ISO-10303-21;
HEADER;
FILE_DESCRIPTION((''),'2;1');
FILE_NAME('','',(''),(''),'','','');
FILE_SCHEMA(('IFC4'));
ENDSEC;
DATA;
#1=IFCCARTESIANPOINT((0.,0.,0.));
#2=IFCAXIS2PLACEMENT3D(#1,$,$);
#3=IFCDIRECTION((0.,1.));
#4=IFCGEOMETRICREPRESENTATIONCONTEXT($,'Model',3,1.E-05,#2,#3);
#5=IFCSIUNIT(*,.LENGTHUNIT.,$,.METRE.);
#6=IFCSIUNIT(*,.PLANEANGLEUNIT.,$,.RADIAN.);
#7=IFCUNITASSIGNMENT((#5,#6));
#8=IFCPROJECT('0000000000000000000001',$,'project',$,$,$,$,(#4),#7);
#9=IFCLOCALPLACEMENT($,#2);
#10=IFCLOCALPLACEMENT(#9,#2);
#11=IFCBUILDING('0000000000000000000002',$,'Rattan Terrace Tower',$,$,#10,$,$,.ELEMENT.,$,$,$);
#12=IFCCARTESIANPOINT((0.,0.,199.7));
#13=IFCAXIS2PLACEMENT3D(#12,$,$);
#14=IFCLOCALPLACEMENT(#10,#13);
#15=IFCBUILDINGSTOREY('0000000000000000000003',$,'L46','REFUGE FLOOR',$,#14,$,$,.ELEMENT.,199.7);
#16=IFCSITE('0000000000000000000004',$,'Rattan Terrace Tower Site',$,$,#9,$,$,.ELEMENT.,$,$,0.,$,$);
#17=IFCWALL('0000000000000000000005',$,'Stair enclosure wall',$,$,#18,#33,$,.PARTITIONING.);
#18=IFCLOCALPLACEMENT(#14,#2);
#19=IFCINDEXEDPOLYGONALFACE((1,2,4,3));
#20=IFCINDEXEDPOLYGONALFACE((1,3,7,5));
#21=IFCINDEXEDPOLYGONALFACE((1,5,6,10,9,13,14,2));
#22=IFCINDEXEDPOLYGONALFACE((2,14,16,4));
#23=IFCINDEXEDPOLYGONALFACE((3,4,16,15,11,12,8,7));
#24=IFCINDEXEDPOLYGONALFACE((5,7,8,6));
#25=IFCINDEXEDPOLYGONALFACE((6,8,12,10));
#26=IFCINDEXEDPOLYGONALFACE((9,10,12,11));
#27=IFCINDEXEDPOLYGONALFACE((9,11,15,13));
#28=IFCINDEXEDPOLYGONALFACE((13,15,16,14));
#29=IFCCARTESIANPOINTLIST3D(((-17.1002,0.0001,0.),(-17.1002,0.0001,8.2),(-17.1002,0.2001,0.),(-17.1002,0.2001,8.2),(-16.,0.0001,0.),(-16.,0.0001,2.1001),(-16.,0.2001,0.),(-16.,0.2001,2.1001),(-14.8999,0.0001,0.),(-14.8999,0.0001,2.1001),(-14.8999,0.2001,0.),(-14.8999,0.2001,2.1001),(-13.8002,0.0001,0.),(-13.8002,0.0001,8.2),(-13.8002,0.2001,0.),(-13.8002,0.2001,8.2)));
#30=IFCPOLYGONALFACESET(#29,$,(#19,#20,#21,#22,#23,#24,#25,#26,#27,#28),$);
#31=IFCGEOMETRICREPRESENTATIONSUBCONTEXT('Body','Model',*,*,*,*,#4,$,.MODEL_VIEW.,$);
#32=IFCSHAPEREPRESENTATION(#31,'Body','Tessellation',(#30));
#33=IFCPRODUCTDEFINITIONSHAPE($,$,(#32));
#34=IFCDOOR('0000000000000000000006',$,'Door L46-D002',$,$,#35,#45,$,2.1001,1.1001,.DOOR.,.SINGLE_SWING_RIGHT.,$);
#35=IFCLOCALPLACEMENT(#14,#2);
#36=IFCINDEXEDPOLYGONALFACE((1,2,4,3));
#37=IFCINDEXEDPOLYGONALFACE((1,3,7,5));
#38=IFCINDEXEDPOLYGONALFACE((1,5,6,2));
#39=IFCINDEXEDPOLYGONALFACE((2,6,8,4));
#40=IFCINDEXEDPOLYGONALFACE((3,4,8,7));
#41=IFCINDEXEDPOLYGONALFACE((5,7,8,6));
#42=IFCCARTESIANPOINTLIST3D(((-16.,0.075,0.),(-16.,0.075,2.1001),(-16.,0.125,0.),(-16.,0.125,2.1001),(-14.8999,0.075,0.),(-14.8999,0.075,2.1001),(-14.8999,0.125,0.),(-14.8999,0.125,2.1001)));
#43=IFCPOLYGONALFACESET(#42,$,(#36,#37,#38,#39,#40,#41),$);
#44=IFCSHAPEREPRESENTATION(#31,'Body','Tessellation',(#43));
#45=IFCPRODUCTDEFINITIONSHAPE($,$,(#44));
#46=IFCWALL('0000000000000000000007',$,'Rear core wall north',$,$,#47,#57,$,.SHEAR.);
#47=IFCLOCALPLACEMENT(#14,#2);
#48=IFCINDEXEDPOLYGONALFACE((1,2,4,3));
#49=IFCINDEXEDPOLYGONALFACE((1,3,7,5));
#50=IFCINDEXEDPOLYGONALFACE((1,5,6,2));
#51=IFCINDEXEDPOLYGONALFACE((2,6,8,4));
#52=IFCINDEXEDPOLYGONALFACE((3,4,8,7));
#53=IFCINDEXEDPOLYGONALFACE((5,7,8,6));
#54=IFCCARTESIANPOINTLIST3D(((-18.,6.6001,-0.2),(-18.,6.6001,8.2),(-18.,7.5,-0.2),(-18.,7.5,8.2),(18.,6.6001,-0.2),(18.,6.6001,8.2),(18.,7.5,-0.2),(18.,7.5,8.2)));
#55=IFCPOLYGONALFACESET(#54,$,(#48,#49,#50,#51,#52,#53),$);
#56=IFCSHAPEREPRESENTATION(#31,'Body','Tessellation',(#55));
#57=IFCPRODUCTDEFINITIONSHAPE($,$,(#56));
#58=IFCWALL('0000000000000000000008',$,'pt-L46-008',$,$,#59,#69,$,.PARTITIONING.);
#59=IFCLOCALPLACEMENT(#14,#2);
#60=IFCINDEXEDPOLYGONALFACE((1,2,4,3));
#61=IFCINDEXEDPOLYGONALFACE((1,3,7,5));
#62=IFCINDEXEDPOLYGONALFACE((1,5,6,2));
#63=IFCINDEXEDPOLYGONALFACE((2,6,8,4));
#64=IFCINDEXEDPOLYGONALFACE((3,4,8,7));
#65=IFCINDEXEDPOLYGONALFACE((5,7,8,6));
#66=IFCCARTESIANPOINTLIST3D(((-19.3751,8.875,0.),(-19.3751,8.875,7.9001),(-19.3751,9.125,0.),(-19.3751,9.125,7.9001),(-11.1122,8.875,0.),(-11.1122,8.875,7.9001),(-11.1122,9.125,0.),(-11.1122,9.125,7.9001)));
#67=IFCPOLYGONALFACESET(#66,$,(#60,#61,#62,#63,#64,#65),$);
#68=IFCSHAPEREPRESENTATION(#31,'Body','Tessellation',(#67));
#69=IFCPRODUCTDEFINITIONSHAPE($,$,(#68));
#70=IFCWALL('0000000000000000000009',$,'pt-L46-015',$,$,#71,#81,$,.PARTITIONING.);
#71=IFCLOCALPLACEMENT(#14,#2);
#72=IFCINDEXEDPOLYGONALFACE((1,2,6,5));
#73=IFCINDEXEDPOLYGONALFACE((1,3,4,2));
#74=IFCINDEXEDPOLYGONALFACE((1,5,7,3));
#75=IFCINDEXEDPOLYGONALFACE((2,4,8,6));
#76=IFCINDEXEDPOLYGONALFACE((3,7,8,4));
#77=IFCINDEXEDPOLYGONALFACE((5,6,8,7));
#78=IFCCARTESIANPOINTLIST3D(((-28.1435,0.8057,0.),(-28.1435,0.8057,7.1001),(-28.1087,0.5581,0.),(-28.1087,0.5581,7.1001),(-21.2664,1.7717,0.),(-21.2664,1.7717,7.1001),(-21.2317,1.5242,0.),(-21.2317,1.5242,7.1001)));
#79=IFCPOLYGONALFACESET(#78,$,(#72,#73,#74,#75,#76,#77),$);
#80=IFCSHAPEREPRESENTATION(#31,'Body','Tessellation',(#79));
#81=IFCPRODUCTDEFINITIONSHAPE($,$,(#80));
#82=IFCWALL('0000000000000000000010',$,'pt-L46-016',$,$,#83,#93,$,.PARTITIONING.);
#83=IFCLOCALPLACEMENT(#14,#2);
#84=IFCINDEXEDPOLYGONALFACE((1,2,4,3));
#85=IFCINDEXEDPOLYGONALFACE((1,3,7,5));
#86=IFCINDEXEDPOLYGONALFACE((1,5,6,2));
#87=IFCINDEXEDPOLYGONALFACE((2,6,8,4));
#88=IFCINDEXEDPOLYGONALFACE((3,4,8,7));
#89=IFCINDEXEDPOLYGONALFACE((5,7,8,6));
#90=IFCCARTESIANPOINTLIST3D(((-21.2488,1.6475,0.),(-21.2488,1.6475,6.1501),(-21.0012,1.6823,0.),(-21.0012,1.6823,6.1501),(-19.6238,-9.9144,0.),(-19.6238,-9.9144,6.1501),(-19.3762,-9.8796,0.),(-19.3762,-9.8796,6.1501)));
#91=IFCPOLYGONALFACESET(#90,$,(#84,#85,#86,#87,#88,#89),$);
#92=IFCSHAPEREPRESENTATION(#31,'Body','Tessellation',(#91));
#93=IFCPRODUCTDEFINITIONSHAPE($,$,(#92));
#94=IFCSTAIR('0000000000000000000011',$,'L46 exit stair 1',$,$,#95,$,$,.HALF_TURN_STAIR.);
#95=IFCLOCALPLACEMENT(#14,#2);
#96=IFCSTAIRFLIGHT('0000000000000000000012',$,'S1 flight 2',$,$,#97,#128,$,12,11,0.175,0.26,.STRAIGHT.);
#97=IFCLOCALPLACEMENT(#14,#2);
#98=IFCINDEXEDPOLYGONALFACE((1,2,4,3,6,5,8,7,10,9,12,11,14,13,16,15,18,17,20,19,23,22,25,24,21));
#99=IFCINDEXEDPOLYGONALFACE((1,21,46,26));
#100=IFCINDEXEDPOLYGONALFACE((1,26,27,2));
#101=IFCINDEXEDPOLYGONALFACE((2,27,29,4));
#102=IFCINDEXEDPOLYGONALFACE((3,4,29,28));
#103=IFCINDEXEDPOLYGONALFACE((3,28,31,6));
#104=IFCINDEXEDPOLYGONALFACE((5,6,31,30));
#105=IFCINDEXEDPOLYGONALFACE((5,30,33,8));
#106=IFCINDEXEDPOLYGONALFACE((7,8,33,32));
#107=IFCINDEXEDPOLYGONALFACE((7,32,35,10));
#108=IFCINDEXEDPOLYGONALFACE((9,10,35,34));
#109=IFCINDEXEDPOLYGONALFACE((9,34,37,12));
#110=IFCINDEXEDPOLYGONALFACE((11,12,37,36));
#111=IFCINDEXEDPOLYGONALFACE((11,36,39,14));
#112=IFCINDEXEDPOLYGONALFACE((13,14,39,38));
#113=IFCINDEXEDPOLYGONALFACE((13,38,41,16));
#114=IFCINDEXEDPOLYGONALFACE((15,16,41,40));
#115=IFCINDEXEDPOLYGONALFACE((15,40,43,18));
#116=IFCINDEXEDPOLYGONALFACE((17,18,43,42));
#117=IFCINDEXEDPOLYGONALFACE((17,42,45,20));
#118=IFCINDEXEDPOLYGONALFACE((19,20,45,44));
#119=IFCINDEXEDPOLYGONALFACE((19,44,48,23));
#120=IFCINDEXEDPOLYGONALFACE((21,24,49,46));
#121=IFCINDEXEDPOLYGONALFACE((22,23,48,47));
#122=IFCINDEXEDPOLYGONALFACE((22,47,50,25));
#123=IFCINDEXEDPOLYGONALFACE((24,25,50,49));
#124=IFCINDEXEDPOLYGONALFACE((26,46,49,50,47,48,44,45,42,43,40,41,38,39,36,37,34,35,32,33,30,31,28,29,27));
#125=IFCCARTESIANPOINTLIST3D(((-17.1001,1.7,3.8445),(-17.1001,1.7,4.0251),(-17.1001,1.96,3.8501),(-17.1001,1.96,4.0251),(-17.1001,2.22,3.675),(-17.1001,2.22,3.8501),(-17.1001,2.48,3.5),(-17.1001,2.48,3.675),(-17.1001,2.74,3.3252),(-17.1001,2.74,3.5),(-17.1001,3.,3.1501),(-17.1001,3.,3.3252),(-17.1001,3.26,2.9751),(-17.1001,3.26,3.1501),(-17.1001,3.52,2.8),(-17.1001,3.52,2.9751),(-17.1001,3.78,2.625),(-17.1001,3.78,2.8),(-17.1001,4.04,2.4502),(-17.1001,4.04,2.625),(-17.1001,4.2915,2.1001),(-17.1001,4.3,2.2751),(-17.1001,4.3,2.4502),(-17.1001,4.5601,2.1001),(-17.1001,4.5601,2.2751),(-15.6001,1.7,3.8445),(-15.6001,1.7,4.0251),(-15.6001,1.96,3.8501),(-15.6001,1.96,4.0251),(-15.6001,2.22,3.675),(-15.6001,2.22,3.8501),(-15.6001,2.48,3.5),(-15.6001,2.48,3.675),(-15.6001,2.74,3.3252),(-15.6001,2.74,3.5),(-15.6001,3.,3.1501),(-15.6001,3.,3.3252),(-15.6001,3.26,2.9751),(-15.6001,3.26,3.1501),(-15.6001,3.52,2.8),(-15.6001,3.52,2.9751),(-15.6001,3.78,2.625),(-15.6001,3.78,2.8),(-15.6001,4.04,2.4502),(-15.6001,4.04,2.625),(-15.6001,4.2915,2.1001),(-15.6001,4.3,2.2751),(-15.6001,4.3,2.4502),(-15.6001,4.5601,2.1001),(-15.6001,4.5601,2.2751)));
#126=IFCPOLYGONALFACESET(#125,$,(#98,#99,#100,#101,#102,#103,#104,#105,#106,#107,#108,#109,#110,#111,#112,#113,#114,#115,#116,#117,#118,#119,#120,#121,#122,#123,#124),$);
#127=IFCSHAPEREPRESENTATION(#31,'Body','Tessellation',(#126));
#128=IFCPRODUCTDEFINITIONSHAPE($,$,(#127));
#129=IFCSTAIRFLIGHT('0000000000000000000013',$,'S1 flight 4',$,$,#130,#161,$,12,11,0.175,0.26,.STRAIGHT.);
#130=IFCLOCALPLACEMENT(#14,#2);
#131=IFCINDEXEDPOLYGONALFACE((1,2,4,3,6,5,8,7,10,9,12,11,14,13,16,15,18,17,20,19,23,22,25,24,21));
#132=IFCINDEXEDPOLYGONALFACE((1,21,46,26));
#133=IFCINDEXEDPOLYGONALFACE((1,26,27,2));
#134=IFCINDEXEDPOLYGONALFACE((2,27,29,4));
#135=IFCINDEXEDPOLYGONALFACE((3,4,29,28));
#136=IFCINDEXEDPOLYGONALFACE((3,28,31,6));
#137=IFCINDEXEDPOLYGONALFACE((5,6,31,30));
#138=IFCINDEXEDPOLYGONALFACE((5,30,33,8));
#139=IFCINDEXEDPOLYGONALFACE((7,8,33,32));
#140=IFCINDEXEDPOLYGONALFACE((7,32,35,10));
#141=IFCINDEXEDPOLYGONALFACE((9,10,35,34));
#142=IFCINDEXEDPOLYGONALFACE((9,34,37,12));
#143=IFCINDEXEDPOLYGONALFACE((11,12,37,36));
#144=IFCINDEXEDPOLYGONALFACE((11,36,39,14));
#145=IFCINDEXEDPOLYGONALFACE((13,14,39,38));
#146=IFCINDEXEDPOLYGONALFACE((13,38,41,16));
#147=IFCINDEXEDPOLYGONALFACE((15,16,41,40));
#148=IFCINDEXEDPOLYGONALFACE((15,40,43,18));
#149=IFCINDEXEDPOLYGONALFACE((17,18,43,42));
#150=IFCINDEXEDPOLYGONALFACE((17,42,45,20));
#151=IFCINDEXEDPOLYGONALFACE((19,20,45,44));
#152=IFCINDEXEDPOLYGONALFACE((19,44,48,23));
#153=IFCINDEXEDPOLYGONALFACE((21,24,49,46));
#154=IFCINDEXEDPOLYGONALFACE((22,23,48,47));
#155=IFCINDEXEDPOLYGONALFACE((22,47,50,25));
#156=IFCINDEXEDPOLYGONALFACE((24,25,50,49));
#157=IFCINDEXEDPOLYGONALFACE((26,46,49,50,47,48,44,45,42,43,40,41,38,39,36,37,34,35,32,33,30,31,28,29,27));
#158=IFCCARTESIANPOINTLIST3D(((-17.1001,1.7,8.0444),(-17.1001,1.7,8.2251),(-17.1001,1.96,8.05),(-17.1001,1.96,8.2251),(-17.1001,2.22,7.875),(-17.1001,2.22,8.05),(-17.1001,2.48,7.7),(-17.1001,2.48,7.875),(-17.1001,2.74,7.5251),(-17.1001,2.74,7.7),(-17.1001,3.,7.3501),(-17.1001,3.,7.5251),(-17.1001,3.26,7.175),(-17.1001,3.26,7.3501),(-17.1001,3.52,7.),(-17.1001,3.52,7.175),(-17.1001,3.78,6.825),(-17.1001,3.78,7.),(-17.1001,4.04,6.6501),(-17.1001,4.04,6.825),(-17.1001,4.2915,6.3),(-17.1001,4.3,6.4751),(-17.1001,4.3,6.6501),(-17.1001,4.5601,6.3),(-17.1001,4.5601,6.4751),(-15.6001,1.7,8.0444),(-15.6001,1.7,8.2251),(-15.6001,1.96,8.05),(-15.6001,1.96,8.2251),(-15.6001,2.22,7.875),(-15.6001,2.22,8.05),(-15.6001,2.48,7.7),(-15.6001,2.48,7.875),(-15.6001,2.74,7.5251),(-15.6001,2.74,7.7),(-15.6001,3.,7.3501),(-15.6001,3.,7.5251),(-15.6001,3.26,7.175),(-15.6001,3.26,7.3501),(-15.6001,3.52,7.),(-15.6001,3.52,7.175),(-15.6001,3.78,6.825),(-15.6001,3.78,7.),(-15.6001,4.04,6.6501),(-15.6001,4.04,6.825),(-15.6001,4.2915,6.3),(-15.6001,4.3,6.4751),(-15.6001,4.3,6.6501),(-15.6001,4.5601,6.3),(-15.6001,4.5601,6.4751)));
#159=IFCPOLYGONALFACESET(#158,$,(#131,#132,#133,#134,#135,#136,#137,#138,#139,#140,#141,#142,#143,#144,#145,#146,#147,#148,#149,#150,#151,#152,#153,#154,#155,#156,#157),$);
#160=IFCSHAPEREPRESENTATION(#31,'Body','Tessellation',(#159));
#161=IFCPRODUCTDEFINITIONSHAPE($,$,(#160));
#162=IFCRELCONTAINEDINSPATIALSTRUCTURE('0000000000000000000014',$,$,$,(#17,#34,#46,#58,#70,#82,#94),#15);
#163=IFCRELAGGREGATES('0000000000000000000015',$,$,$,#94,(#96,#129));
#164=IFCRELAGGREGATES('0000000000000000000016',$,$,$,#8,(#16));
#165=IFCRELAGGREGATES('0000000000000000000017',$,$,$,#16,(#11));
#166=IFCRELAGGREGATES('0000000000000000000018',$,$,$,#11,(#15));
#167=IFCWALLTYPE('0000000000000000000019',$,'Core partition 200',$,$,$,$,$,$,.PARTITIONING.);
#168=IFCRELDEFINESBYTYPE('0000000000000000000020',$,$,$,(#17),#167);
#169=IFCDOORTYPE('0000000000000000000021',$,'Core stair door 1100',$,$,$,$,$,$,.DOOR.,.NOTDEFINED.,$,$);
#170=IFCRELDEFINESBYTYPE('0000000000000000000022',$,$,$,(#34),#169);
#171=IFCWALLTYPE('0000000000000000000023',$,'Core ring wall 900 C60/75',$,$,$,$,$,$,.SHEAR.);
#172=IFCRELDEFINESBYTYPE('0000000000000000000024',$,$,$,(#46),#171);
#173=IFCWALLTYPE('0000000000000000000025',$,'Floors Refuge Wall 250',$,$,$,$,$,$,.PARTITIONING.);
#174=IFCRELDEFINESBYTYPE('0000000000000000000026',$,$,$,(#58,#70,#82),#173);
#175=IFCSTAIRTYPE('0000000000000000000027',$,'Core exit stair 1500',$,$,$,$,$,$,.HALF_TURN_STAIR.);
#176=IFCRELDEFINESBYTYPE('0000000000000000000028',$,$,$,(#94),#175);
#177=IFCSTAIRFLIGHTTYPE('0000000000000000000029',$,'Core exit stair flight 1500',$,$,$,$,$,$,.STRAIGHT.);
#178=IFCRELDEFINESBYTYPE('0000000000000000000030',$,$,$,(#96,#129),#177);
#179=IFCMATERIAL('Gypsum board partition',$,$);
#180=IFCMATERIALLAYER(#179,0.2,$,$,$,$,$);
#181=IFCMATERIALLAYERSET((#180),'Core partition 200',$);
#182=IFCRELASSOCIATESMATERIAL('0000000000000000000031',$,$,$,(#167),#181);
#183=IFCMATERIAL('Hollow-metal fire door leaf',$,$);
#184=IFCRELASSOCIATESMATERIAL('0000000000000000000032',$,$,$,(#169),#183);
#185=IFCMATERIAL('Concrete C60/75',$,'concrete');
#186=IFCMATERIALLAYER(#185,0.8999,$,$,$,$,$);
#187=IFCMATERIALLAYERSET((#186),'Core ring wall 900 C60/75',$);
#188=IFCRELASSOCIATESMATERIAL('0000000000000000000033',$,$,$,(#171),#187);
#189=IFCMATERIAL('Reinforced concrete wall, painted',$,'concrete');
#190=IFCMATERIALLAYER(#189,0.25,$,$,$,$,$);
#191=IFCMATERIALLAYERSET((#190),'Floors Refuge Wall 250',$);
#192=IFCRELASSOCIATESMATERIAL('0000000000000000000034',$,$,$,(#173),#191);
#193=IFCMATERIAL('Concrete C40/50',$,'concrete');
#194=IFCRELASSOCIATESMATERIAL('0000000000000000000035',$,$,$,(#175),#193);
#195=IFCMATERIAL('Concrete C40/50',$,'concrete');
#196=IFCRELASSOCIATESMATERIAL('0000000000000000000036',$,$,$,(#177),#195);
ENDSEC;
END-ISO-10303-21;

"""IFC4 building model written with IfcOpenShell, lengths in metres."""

from ifc_helpers import new_model, si_unit, direction, frame, frame_2d, origin, place, context, subcontext, project, spatial, polyline, rectangle, outline, extrude, material, layer, layer_set, type_object, element, fill, aggregate, save


model = new_model("IFC4")

# Units and contexts
model_context = context("Model", 3, precision=1e-05, world=origin(), true_north=direction((0.0, 1.0)))
body_context = subcontext(model_context, "Body", "Model", "MODEL_VIEW")
ifc_project = project(units=[si_unit("LENGTHUNIT", "METRE"), si_unit("PLANEANGLEUNIT", "RADIAN")], contexts=[model_context])

# Site, building, storey
site_placement = place(None, origin())
site = spatial("IfcSite", under=ifc_project, at=site_placement, Name="Rattan Terrace Tower Site", CompositionType="ELEMENT", RefElevation=0.0)
building_placement = place(site_placement, origin())
building = spatial("IfcBuilding", under=site, at=building_placement, Name="Rattan Terrace Tower", CompositionType="ELEMENT")
storey_placement = place(building_placement, frame((0.0, 0.0, 199.7)))
storey = spatial("IfcBuildingStorey", under=building, at=storey_placement, Name="L46", Description="REFUGE FLOOR", CompositionType="ELEMENT", Elevation=199.7)

# Wall, opening, door
ifc_material_1 = material(Name="Gypsum board partition")
ifc_layer_1 = layer(ifc_material_1, 0.2)
ifc_layer_set_1 = layer_set([ifc_layer_1], Name="Core partition 200")
wall_type_1 = type_object("IfcWallType", Name="Core partition 200", PredefinedType="PARTITIONING", material=ifc_layer_set_1)
wall_1_placement = place(storey_placement, frame((-17.1001, 0.1001, 0.0), z_axis=(0.0, 0.0, 1.0), x_axis=(1.0, 0.0, 0.0)))
wall_1 = element("IfcWall", 1, at=wall_1_placement, inside=storey, type_object=wall_type_1, Name="Stair enclosure wall", PredefinedType="PARTITIONING", context=body_context, shape_type="SweptSolid", body=[
    extrude(rectangle(XDim=3.3, YDim=0.2, at=frame_2d((1.6499, 0.0))), origin(), (0.0, 0.0, 1.0), 8.2),
])
opening_placement = place(wall_1_placement, frame((1.1001, 0.0, 0.0)))
opening = element("IfcOpeningElement", 2, at=opening_placement, cuts=wall_1, PredefinedType="OPENING", context=body_context, shape_type="SweptSolid", body=[
    extrude(rectangle(XDim=1.1001, YDim=2.1001, at=frame_2d((0.55, 1.05))), frame((0.0, 0.1106, 0.0), z_axis=(0.0, -1.0, 0.0), x_axis=(1.0, 0.0, 0.0)), (0.0, 0.0, 1.0), 0.2209),
])
ifc_material_2 = material(Name="Hollow-metal fire door leaf")
door_type = type_object("IfcDoorType", Name="Core stair door 1100", OperationType="NOTDEFINED", PredefinedType="DOOR", material=ifc_material_2)
door_placement = place(opening_placement, origin())
door = element("IfcDoor", 3, at=door_placement, inside=storey, type_object=door_type, Name="Door L46-D002", OperationType="SINGLE_SWING_RIGHT", OverallHeight=2.1001, OverallWidth=1.1001, PredefinedType="DOOR", context=body_context, shape_type="SweptSolid", body=[
    extrude(rectangle(XDim=1.1001, YDim=2.1001, at=frame_2d((0.55, 1.05))), frame((0.0, 0.0249, 0.0), z_axis=(0.0, -1.0, 0.0), x_axis=(1.0, 0.0, 0.0)), (0.0, 0.0, 1.0), 0.05),
])
fill(opening, door)

# Walls
ifc_material_3 = material(Name="Concrete C60/75", Category="concrete")
ifc_layer_2 = layer(ifc_material_3, 0.8999)
ifc_layer_set_2 = layer_set([ifc_layer_2], Name="Core ring wall 900 C60/75")
wall_type_2 = type_object("IfcWallType", Name="Core ring wall 900 C60/75", PredefinedType="SHEAR", material=ifc_layer_set_2)
wall_2_placement = place(storey_placement, frame((-18.0, 7.05, -0.2), z_axis=(0.0, 0.0, 1.0), x_axis=(1.0, 0.0, 0.0)))
element("IfcWall", 4, at=wall_2_placement, inside=storey, type_object=wall_type_2, Name="Rear core wall north", PredefinedType="SHEAR", context=body_context, shape_type="SweptSolid", body=[
    extrude(rectangle(XDim=36.0, YDim=0.8999, at=frame_2d((18.0, 0.0))), origin(), (0.0, 0.0, 1.0), 8.3999),
])
ifc_material_4 = material(Name="Reinforced concrete wall, painted", Category="concrete")
ifc_layer_3 = layer(ifc_material_4, 0.25)
ifc_layer_set_3 = layer_set([ifc_layer_3], Name="Floors Refuge Wall 250")
wall_type_3 = type_object("IfcWallType", Name="Floors Refuge Wall 250", PredefinedType="PARTITIONING", material=ifc_layer_set_3)
wall_3_placement = place(storey_placement, frame((-19.375, 9.0, 0.0), z_axis=(0.0, 0.0, 1.0), x_axis=(1.0, 0.0, 0.0)))
element("IfcWall", 5, at=wall_3_placement, inside=storey, type_object=wall_type_3, Name="pt-L46-008", PredefinedType="PARTITIONING", context=body_context, shape_type="SweptSolid", body=[
    extrude(rectangle(XDim=8.2629, YDim=0.25, at=frame_2d((4.1313, 0.0))), origin(), (0.0, 0.0, 1.0), 7.9001),
])
wall_4_placement = place(storey_placement, frame((-28.126, 0.6819, 0.0), z_axis=(0.0, 0.0, 1.0), x_axis=(0.990277, 0.139113, 0.0)))
element("IfcWall", 6, at=wall_4_placement, inside=storey, type_object=wall_type_3, Name="pt-L46-015", PredefinedType="PARTITIONING", context=body_context, shape_type="SweptSolid", body=[
    extrude(rectangle(XDim=6.9446, YDim=0.25, at=frame_2d((3.4722, 0.0))), origin(), (0.0, 0.0, 1.0), 7.1001),
])
wall_5_placement = place(storey_placement, frame((-21.125, 1.665, 0.0), z_axis=(0.0, 0.0, 1.0), x_axis=(0.139179, -0.990267, 0.0)))
element("IfcWall", 7, at=wall_5_placement, inside=storey, type_object=wall_type_3, Name="pt-L46-016", PredefinedType="PARTITIONING", context=body_context, shape_type="SweptSolid", body=[
    extrude(rectangle(XDim=11.6755, YDim=0.25, at=frame_2d((5.8379, 0.0))), origin(), (0.0, 0.0, 1.0), 6.1501),
])

# Stair, stair flights
ifc_material_5 = material(Name="Concrete C40/50", Category="concrete")
stair_type = type_object("IfcStairType", Name="Core exit stair 1500", PredefinedType="HALF_TURN_STAIR", material=ifc_material_5)
stair_placement = place(storey_placement, origin())
stair = element("IfcStair", 8, at=stair_placement, inside=storey, type_object=stair_type, Name="L46 exit stair 1", PredefinedType="HALF_TURN_STAIR")
ifc_material_6 = material(Name="Concrete C40/50", Category="concrete")
stair_flight_type = type_object("IfcStairFlightType", Name="Core exit stair flight 1500", PredefinedType="STRAIGHT", material=ifc_material_6)
stair_flight_1_placement = place(storey_placement, frame((-16.3501, 4.5601, 2.1001), z_axis=(0.0, 0.0, 1.0), x_axis=(0.0, -1.0, 0.0)))
stair_flight_1 = element("IfcStairFlight", 9, at=stair_flight_1_placement, type_object=stair_flight_type, Name="S1 flight 2", NumberOfRisers=12, NumberOfTreads=11, PredefinedType="STRAIGHT", RiserHeight=0.175, TreadLength=0.26, context=body_context, shape_type="SweptSolid", body=[
    extrude(outline(polyline([(0.0, 0.0), (0.0, 0.175), (0.26, 0.175), (0.26, 0.3501), (0.52, 0.3501), (0.52, 0.5249), (0.78, 0.5249), (0.78, 0.7), (1.04, 0.7), (1.04, 0.875), (1.3, 0.875), (1.3, 1.05), (1.5601, 1.05), (1.5601, 1.2251), (1.8201, 1.2251), (1.8201, 1.3999), (2.0801, 1.3999), (2.0801, 1.575), (2.3401, 1.575), (2.3401, 1.75), (2.6001, 1.75), (2.6001, 1.925), (2.8601, 1.925), (2.8601, 2.1001), (2.8601, 1.7444), (0.2686, 0.0), (0.0, 0.0)])), frame((0.0, 0.75, 0.0), z_axis=(0.0, -1.0, 0.0), x_axis=(1.0, 0.0, 0.0)), (0.0, 0.0, 1.0), 1.5),
])
stair_flight_2_placement = place(storey_placement, frame((-16.3501, 4.5601, 6.3), z_axis=(0.0, 0.0, 1.0), x_axis=(0.0, -1.0, 0.0)))
stair_flight_2 = element("IfcStairFlight", 10, at=stair_flight_2_placement, type_object=stair_flight_type, Name="S1 flight 4", NumberOfRisers=12, NumberOfTreads=11, PredefinedType="STRAIGHT", RiserHeight=0.175, TreadLength=0.26, context=body_context, shape_type="SweptSolid", body=[
    extrude(outline(polyline([(0.0, 0.0), (0.0, 0.175), (0.26, 0.175), (0.26, 0.3501), (0.52, 0.3501), (0.52, 0.5249), (0.78, 0.5249), (0.78, 0.7), (1.04, 0.7), (1.04, 0.875), (1.3, 0.875), (1.3, 1.05), (1.5601, 1.05), (1.5601, 1.2251), (1.8201, 1.2251), (1.8201, 1.3999), (2.0801, 1.3999), (2.0801, 1.575), (2.3401, 1.575), (2.3401, 1.75), (2.6001, 1.75), (2.6001, 1.925), (2.8601, 1.925), (2.8601, 2.1001), (2.8601, 1.7444), (0.2686, 0.0), (0.0, 0.0)])), frame((0.0, 0.75, 0.0), z_axis=(0.0, -1.0, 0.0), x_axis=(1.0, 0.0, 0.0)), (0.0, 0.0, 1.0), 1.5),
])
aggregate(stair, [stair_flight_1, stair_flight_2])

save(model, "model.ifc")
